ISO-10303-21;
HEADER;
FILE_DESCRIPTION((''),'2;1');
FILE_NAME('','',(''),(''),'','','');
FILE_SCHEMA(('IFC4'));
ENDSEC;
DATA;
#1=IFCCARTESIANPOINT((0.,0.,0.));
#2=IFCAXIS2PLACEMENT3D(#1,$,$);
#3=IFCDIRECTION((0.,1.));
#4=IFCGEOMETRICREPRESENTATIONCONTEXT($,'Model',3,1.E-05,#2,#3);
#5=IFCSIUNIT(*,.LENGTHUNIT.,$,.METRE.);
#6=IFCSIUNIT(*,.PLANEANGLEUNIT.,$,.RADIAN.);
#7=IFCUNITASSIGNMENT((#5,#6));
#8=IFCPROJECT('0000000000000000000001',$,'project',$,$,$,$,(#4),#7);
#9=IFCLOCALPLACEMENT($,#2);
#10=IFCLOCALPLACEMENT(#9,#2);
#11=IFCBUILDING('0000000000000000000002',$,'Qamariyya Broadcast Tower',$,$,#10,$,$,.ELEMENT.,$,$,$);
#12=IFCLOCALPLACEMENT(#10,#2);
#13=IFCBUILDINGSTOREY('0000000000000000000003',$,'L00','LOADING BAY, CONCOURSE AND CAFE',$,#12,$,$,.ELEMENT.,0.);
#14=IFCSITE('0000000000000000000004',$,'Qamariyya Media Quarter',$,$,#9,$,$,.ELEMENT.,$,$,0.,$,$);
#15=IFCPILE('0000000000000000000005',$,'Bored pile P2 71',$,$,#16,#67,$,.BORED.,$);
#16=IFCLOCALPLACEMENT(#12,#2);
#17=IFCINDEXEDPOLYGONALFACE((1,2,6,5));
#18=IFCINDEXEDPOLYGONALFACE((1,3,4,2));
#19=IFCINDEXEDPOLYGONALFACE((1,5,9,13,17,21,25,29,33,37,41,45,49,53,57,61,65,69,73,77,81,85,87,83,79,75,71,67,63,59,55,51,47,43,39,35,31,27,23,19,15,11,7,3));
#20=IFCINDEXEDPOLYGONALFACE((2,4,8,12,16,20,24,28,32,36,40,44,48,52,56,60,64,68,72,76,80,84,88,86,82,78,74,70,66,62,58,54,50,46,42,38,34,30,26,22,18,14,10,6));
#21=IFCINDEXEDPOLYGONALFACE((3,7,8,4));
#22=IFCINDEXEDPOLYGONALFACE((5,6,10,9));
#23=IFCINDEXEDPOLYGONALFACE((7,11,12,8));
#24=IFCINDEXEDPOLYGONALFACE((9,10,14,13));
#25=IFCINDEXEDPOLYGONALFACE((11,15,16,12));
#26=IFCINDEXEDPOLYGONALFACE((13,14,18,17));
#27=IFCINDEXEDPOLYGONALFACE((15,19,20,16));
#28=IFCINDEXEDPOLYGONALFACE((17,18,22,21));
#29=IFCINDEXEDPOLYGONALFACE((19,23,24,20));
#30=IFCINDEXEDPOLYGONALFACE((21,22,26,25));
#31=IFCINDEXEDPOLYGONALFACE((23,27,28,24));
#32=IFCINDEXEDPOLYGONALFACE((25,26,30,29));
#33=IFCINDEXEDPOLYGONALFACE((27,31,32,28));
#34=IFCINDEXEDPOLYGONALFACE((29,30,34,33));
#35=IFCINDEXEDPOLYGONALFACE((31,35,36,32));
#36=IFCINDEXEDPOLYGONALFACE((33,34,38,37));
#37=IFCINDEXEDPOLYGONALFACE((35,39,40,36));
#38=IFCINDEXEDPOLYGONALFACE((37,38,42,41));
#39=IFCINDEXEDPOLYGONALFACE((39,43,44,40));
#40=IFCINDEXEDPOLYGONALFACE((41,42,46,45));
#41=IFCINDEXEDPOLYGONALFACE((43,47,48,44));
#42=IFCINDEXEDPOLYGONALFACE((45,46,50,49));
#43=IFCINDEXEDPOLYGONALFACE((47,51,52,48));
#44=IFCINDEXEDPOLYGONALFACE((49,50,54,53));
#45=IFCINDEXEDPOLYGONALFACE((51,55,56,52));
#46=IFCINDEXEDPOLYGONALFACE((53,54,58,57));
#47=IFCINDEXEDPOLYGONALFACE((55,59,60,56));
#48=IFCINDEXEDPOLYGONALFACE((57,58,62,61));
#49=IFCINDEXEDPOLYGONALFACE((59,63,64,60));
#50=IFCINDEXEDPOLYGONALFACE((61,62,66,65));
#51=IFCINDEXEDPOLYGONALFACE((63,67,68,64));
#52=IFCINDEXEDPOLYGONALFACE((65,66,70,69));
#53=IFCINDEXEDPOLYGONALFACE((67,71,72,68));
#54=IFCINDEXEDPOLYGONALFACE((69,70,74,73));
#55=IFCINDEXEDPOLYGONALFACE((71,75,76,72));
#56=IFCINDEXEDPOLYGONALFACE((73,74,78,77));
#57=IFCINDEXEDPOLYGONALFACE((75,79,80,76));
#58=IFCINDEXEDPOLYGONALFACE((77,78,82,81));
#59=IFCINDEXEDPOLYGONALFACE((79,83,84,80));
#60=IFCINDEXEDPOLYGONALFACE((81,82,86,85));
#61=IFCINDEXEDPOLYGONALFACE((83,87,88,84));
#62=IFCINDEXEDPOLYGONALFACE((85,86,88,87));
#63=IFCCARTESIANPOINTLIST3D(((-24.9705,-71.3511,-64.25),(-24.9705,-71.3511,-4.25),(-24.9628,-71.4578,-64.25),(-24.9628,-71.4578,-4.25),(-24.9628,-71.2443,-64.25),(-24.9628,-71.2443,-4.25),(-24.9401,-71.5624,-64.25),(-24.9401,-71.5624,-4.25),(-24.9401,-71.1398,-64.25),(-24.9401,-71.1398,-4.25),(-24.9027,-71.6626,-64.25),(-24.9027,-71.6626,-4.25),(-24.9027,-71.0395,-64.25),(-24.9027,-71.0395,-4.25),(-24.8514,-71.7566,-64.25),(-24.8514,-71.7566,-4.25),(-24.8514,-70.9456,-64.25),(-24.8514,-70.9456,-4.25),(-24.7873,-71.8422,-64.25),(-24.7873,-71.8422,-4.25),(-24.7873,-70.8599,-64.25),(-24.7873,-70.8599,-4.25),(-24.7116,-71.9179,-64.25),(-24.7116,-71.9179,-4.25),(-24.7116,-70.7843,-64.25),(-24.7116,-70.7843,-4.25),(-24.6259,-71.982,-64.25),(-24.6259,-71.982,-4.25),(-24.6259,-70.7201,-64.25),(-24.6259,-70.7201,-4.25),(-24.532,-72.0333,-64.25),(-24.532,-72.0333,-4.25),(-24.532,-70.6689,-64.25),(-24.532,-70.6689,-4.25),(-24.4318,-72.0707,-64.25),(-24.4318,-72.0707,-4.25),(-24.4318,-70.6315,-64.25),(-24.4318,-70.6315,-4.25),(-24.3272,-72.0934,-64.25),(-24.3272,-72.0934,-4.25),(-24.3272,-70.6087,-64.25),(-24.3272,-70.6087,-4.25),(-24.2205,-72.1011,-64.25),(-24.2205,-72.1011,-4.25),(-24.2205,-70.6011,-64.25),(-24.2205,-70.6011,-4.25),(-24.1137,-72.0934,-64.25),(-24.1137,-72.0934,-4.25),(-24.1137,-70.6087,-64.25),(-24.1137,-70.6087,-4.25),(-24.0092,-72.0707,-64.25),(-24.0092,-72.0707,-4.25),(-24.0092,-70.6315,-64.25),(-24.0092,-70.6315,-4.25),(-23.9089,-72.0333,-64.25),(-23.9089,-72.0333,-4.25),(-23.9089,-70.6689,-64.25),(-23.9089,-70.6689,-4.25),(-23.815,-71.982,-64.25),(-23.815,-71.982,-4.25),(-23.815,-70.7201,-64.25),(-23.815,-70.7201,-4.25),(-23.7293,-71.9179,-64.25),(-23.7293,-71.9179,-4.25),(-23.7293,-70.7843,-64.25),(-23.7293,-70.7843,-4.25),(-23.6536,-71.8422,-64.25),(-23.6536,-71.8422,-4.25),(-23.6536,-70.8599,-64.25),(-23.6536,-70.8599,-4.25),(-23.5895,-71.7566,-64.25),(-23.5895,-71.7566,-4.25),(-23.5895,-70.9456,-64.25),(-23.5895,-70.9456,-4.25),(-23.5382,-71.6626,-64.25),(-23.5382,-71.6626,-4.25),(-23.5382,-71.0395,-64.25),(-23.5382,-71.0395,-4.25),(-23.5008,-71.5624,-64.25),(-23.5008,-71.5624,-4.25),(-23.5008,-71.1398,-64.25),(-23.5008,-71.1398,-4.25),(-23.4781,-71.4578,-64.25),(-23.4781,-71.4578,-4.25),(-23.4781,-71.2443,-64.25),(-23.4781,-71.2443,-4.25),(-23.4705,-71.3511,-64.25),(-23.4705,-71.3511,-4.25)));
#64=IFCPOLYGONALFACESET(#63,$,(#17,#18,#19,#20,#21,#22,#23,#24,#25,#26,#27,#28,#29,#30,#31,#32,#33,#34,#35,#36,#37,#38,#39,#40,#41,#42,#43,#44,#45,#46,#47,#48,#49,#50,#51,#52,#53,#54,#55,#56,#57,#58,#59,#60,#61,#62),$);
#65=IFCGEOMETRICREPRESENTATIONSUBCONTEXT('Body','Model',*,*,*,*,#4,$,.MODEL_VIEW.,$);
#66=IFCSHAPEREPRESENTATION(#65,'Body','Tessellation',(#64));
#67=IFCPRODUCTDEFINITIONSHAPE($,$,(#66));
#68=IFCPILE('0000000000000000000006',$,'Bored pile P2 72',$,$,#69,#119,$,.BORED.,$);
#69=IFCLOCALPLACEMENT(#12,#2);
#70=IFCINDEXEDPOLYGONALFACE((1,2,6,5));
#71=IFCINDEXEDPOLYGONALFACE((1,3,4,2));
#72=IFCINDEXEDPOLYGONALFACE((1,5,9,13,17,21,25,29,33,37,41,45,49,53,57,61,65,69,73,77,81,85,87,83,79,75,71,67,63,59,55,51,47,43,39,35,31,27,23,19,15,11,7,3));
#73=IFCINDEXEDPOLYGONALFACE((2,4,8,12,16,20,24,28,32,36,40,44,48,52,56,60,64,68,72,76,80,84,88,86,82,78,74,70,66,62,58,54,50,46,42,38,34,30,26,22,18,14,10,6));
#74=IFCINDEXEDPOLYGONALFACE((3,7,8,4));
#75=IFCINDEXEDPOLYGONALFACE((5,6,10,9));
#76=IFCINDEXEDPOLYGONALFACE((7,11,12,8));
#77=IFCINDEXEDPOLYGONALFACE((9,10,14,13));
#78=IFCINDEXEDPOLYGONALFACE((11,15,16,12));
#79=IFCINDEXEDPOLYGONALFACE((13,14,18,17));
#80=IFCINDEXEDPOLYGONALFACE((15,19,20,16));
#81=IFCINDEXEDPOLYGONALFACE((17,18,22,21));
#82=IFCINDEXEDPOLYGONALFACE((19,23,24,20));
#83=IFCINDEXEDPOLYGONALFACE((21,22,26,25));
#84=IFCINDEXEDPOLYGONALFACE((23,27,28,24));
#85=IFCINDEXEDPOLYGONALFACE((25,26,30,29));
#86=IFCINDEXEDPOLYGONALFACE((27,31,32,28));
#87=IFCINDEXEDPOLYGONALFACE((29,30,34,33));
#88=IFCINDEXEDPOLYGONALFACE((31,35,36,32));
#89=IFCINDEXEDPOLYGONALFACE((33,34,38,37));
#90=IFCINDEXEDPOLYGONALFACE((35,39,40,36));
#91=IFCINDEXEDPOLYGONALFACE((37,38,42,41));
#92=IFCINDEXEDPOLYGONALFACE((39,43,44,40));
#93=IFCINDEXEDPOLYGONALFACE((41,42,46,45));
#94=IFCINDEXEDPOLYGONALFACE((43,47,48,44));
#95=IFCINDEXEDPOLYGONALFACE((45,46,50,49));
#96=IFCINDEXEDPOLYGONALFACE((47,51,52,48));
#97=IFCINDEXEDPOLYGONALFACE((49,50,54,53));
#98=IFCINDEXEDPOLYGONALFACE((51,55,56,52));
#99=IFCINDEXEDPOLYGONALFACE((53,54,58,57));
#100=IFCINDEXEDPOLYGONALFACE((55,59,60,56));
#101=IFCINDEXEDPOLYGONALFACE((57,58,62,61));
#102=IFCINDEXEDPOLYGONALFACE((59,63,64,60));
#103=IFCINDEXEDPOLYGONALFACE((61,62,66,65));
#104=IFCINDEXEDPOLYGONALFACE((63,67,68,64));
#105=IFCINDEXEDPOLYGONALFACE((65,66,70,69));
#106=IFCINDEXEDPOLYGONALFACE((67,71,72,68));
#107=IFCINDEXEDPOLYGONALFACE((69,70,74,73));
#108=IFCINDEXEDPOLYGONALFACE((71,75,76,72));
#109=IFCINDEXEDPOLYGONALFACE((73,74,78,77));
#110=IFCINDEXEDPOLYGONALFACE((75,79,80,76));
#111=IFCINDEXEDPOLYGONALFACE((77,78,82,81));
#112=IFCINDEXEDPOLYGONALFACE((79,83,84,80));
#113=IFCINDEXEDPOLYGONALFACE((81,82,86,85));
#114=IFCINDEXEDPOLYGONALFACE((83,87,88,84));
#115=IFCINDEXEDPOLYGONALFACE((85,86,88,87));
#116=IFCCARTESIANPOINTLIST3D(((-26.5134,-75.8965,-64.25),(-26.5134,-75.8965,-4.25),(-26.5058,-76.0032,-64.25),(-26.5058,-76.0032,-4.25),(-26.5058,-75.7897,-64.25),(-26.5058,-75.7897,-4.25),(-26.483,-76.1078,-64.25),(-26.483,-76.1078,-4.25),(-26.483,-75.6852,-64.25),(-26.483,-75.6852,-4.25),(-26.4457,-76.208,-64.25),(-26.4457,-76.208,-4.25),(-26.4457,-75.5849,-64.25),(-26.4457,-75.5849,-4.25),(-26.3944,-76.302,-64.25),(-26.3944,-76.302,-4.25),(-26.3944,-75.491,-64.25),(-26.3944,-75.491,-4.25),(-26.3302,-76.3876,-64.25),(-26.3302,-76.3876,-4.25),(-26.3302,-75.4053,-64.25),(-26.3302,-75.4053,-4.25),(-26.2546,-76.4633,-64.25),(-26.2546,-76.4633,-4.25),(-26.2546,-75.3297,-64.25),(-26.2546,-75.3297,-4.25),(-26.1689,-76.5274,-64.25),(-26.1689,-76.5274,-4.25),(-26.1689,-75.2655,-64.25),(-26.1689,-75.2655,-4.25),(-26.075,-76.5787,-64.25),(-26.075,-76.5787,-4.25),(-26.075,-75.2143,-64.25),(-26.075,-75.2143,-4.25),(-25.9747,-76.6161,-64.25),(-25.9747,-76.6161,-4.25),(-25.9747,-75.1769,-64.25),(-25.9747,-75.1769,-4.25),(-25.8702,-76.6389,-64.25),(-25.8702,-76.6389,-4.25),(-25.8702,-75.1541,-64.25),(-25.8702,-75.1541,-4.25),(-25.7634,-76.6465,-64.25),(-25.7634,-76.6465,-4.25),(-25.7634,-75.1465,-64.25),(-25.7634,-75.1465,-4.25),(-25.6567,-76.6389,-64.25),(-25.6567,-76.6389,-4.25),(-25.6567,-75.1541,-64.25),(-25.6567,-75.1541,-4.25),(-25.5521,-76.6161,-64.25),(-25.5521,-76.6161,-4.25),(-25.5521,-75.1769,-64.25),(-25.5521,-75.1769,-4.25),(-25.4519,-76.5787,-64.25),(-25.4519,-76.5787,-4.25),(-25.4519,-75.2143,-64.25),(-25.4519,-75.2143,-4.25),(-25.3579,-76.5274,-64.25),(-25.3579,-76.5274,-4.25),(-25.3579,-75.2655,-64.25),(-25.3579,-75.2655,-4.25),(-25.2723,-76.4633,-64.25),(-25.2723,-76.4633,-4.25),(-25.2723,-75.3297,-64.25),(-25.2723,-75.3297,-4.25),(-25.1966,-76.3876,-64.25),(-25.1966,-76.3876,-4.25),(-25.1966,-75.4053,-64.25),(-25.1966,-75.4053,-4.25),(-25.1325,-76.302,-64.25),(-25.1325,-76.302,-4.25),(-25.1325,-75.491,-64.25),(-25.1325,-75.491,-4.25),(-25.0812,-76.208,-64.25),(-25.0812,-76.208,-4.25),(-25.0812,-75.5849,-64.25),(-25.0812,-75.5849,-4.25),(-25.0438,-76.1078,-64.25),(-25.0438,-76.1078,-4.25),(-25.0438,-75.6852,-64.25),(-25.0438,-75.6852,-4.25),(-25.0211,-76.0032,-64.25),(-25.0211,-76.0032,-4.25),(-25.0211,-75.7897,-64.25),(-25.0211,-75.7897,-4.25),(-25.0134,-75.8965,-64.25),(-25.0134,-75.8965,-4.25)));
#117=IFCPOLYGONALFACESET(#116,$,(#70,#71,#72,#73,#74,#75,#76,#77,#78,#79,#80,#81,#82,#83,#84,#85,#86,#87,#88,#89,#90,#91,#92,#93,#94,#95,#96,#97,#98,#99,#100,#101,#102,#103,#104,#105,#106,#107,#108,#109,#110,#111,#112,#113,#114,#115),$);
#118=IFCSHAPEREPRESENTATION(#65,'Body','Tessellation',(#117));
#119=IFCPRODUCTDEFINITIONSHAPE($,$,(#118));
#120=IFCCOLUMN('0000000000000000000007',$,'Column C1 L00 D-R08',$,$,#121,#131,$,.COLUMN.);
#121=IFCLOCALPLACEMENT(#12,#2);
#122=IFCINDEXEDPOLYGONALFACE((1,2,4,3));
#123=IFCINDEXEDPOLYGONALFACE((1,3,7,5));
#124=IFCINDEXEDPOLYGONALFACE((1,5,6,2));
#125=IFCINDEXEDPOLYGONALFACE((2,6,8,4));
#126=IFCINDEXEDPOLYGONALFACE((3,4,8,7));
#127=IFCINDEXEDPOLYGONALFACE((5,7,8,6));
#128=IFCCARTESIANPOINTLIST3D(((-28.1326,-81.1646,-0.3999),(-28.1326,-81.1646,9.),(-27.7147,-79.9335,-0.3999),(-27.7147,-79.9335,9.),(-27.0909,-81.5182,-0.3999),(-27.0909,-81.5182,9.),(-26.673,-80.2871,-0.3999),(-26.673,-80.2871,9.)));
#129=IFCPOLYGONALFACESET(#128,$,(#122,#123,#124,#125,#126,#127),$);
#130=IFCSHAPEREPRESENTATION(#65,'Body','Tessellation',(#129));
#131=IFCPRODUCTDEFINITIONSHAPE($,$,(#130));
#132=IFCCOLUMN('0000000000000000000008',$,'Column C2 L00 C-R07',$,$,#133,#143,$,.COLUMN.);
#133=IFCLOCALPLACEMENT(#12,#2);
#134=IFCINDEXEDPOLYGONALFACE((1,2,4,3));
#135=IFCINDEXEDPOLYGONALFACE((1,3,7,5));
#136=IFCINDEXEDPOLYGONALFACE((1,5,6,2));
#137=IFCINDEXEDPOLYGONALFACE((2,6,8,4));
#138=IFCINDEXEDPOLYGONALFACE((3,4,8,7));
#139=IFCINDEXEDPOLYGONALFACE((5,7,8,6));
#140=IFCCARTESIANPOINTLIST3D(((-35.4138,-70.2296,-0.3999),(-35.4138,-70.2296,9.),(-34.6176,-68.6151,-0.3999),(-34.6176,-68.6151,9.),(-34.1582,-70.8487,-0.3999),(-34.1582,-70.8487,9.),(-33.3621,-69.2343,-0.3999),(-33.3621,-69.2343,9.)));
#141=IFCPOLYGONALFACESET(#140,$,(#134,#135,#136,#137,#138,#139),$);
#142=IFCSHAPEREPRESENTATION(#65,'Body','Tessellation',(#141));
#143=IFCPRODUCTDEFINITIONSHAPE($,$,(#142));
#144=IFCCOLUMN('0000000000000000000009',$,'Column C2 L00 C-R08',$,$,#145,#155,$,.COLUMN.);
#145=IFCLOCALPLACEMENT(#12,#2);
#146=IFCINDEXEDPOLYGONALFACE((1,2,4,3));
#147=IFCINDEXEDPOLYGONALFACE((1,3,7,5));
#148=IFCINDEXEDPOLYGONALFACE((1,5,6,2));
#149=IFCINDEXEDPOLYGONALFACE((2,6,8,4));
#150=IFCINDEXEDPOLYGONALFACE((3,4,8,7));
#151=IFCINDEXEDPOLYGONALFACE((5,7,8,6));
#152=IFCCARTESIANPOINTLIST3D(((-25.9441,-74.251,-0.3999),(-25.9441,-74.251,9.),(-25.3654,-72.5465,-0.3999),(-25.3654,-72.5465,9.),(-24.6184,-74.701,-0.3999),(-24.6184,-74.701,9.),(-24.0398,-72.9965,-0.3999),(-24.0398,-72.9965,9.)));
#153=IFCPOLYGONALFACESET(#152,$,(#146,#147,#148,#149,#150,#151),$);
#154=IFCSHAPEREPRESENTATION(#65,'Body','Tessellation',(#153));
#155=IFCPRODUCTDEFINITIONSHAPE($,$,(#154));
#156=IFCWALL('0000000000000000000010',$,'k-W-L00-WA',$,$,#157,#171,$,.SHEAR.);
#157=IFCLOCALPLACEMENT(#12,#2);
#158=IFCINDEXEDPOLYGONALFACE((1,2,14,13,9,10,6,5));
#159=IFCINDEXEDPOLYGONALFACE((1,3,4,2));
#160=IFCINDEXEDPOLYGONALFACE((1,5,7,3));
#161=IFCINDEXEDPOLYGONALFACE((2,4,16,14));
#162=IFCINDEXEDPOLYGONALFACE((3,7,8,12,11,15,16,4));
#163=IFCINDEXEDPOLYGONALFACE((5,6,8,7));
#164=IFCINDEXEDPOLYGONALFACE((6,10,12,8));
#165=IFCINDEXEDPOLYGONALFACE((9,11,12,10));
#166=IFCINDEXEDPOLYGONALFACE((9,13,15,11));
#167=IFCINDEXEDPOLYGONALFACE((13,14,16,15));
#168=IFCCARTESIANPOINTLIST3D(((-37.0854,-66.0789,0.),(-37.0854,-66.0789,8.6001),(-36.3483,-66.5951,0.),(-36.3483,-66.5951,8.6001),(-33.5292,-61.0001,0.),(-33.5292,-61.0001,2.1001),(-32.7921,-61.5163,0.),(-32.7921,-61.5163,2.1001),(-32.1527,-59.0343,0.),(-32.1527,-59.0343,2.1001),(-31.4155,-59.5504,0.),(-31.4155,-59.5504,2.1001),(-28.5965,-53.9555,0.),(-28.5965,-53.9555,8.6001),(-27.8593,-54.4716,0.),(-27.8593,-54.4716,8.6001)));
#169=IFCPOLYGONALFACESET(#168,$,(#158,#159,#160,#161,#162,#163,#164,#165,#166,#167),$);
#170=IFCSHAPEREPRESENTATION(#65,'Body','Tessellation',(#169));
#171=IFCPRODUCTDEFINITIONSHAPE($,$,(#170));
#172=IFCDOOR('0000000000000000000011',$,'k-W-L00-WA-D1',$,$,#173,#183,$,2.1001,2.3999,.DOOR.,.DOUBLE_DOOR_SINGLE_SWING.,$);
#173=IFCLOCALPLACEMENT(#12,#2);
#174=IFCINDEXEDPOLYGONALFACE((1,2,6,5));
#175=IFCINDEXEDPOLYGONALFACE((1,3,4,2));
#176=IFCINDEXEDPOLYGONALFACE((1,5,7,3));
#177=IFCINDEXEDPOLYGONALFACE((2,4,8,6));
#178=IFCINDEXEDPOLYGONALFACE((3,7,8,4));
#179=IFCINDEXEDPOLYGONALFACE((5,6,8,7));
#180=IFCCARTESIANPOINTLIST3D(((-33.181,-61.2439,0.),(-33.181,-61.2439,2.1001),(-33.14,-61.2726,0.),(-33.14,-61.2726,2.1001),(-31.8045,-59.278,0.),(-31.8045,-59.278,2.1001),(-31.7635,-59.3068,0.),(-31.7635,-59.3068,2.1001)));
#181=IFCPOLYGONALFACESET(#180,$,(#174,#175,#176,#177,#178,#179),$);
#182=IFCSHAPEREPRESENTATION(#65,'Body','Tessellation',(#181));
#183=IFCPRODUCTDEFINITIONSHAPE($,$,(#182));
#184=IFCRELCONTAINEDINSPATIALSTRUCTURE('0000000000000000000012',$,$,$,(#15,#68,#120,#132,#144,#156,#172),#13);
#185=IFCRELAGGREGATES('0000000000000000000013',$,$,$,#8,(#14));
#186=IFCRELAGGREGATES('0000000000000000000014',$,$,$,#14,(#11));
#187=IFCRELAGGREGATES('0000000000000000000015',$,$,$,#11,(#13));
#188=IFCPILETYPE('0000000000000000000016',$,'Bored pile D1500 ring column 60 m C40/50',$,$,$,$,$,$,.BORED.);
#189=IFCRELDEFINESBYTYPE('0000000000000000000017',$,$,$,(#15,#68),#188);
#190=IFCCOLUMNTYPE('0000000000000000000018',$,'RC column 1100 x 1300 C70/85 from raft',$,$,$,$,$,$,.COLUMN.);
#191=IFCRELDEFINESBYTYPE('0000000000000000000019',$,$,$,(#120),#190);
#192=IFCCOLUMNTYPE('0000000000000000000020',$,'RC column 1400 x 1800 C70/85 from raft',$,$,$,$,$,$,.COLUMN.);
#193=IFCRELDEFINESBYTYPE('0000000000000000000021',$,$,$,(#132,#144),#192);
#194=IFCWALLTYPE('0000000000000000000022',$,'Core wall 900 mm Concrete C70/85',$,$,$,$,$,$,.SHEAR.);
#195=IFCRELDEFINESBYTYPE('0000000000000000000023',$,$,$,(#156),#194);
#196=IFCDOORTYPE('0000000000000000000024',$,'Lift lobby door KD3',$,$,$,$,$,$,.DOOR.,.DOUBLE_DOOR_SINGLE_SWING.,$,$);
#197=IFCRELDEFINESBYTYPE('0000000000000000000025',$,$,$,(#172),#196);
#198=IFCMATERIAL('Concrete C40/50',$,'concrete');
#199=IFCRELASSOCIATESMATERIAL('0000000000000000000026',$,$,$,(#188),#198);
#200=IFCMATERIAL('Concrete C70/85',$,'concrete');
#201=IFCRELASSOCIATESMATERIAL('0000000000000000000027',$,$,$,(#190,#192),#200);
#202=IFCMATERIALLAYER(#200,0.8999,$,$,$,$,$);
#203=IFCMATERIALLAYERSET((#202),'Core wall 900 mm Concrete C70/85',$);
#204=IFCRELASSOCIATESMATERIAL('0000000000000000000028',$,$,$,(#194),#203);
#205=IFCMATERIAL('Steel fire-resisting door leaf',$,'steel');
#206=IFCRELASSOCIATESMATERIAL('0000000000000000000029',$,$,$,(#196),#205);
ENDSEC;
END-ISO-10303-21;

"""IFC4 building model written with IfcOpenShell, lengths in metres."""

from ifc_helpers import new_model, si_unit, direction, frame, frame_2d, origin, origin_2d, place, context, subcontext, project, spatial, rectangle, circle, extrude, material, layer, layer_set, material_profile, profile_set, type_object, element, fill, save


model = new_model("IFC4")

# Units and contexts
model_context = context("Model", 3, precision=1e-05, world=origin(), true_north=direction((0.0, 1.0)))
body_context = subcontext(model_context, "Body", "Model", "MODEL_VIEW")
ifc_project = project(units=[si_unit("LENGTHUNIT", "METRE"), si_unit("PLANEANGLEUNIT", "RADIAN")], contexts=[model_context])

# Site, building, storey
site_placement = place(None, origin())
site = spatial("IfcSite", under=ifc_project, at=site_placement, Name="Qamariyya Media Quarter", CompositionType="ELEMENT", RefElevation=0.0)
building_placement = place(site_placement, origin())
building = spatial("IfcBuilding", under=site, at=building_placement, Name="Qamariyya Broadcast Tower", CompositionType="ELEMENT")
storey_placement = place(building_placement, origin())
storey = spatial("IfcBuildingStorey", under=building, at=storey_placement, Name="L00", Description="LOADING BAY, CONCOURSE AND CAFE", CompositionType="ELEMENT", Elevation=0.0)

# Piles
ifc_material_1 = material(Name="Concrete C40/50", Category="concrete")
ifc_material_profile_1 = material_profile(ifc_material_1, circle(Radius=0.75, at=origin_2d()))
ifc_profile_set_1 = profile_set([ifc_material_profile_1], Name="Concrete C40/50")
pile_type_1 = type_object("IfcPileType", Name="Bored pile D1500 ring column 60 m C40/50", PredefinedType="BORED", material=ifc_profile_set_1)
for number, where, z_axis, x_axis, name in (
    (1, (-24.2205, -71.3511, -4.25), (0.0, 0.0, -1.0), (1.0, 0.0, 0.0), "Bored pile P2 71"),
    (2, (-25.7634, -75.8965, -4.25), (0.0, 0.0, -1.0), (1.0, 0.0, 0.0), "Bored pile P2 72"),
):
    element("IfcPile", number, at=place(storey_placement, frame(where, z_axis=z_axis, x_axis=x_axis)), inside=storey, type_object=pile_type_1, Name=name, PredefinedType="BORED", context=body_context, shape_type="SweptSolid", body=[
        extrude(circle(Radius=0.75, at=origin_2d()), origin(), (0.0, 0.0, 1.0), 60.0),
    ])

# Columns
ifc_material_2 = material(Name="Concrete C70/85", Category="concrete")
ifc_material_profile_2 = material_profile(ifc_material_2, rectangle(XDim=1.1001, YDim=1.3, at=origin_2d()))
ifc_profile_set_2 = profile_set([ifc_material_profile_2], Name="Concrete C70/85")
column_type_1 = type_object("IfcColumnType", Name="RC column 1100 x 1300 C70/85 from raft", PredefinedType="COLUMN", material=ifc_profile_set_2)
column_placement = place(storey_placement, frame((-27.4028, -80.7258, -0.3999), z_axis=(0.0, 0.0, 1.0), x_axis=(0.94693, -0.321439, 0.0)))
element("IfcColumn", 3, at=column_placement, inside=storey, type_object=column_type_1, Name="Column C1 L00 D-R08", PredefinedType="COLUMN", context=body_context, shape_type="SweptSolid", body=[
    extrude(rectangle(XDim=1.1001, YDim=1.3, at=origin_2d()), origin(), (0.0, 0.0, 1.0), 9.3999),
])
ifc_material_profile_3 = material_profile(ifc_material_2, rectangle(XDim=1.3999, YDim=1.8, at=origin_2d()))
ifc_profile_set_3 = profile_set([ifc_material_profile_3], Name="Concrete C70/85")
column_type_2 = type_object("IfcColumnType", Name="RC column 1400 x 1800 C70/85 from raft", PredefinedType="COLUMN", material=ifc_profile_set_3)
for number, where, z_axis, x_axis, name in (
    (4, (-34.3879, -69.7319, -0.3999), (0.0, 0.0, 1.0), (0.896873, -0.442289, 0.0), "Column C2 L00 C-R07"),
    (5, (-24.9919, -73.6238, -0.3999), (0.0, 0.0, 1.0), (0.94693, -0.321439, 0.0), "Column C2 L00 C-R08"),
):
    element("IfcColumn", number, at=place(storey_placement, frame(where, z_axis=z_axis, x_axis=x_axis)), inside=storey, type_object=column_type_2, Name=name, PredefinedType="COLUMN", context=body_context, shape_type="SweptSolid", body=[
        extrude(rectangle(XDim=1.3999, YDim=1.8, at=origin_2d()), origin(), (0.0, 0.0, 1.0), 9.3999),
    ])

# Wall, opening, door
ifc_layer_1 = layer(ifc_material_2, 0.8999)
ifc_layer_set_1 = layer_set([ifc_layer_1], Name="Core wall 900 mm Concrete C70/85")
wall_type_1 = type_object("IfcWallType", Name="Core wall 900 mm Concrete C70/85", PredefinedType="SHEAR", material=ifc_layer_set_1)
wall_1_placement = place(storey_placement, frame((-36.7168, -66.3369, 0.0), z_axis=(0.0, 0.0, 1.0), x_axis=(0.573577, 0.819151, 0.0)))
wall_1 = element("IfcWall", 6, at=wall_1_placement, inside=storey, type_object=wall_type_1, Name="k-W-L00-WA", PredefinedType="SHEAR", context=body_context, shape_type="SweptSolid", body=[
    extrude(rectangle(XDim=14.8, YDim=0.8999, at=frame_2d((7.3999, 0.0))), origin(), (0.0, 0.0, 1.0), 8.6001),
])
opening_1_placement = place(wall_1_placement, frame((6.2, 0.0, 0.0)))
opening_1 = element("IfcOpeningElement", 7, at=opening_1_placement, cuts=wall_1, PredefinedType="OPENING", context=body_context, shape_type="SweptSolid", body=[
    extrude(rectangle(XDim=2.3999, YDim=2.1001, at=frame_2d((1.2, 1.05))), frame((0.0, 0.46, 0.0), z_axis=(0.0, -1.0, 0.0), x_axis=(1.0, 0.0, 0.0)), (0.0, 0.0, 1.0), 0.9199),
])
ifc_material_3 = material(Name="Steel fire-resisting door leaf", Category="steel")
door_type_1 = type_object("IfcDoorType", Name="Lift lobby door KD3", OperationType="DOUBLE_DOOR_SINGLE_SWING", PredefinedType="DOOR", material=ifc_material_3)
door_1_placement = place(opening_1_placement, origin())
door_1 = element("IfcDoor", 8, at=door_1_placement, inside=storey, type_object=door_type_1, Name="k-W-L00-WA-D1", OperationType="DOUBLE_DOOR_SINGLE_SWING", OverallHeight=2.1001, OverallWidth=2.3999, PredefinedType="DOOR", context=body_context, shape_type="SweptSolid", body=[
    extrude(rectangle(XDim=2.3999, YDim=2.1001, at=frame_2d((1.2, 1.05))), frame((0.0, 0.0249, 0.0), z_axis=(0.0, -1.0, 0.0), x_axis=(1.0, 0.0, 0.0)), (0.0, 0.0, 1.0), 0.05),
])
fill(opening_1, door_1)

save(model, "model.ifc")
